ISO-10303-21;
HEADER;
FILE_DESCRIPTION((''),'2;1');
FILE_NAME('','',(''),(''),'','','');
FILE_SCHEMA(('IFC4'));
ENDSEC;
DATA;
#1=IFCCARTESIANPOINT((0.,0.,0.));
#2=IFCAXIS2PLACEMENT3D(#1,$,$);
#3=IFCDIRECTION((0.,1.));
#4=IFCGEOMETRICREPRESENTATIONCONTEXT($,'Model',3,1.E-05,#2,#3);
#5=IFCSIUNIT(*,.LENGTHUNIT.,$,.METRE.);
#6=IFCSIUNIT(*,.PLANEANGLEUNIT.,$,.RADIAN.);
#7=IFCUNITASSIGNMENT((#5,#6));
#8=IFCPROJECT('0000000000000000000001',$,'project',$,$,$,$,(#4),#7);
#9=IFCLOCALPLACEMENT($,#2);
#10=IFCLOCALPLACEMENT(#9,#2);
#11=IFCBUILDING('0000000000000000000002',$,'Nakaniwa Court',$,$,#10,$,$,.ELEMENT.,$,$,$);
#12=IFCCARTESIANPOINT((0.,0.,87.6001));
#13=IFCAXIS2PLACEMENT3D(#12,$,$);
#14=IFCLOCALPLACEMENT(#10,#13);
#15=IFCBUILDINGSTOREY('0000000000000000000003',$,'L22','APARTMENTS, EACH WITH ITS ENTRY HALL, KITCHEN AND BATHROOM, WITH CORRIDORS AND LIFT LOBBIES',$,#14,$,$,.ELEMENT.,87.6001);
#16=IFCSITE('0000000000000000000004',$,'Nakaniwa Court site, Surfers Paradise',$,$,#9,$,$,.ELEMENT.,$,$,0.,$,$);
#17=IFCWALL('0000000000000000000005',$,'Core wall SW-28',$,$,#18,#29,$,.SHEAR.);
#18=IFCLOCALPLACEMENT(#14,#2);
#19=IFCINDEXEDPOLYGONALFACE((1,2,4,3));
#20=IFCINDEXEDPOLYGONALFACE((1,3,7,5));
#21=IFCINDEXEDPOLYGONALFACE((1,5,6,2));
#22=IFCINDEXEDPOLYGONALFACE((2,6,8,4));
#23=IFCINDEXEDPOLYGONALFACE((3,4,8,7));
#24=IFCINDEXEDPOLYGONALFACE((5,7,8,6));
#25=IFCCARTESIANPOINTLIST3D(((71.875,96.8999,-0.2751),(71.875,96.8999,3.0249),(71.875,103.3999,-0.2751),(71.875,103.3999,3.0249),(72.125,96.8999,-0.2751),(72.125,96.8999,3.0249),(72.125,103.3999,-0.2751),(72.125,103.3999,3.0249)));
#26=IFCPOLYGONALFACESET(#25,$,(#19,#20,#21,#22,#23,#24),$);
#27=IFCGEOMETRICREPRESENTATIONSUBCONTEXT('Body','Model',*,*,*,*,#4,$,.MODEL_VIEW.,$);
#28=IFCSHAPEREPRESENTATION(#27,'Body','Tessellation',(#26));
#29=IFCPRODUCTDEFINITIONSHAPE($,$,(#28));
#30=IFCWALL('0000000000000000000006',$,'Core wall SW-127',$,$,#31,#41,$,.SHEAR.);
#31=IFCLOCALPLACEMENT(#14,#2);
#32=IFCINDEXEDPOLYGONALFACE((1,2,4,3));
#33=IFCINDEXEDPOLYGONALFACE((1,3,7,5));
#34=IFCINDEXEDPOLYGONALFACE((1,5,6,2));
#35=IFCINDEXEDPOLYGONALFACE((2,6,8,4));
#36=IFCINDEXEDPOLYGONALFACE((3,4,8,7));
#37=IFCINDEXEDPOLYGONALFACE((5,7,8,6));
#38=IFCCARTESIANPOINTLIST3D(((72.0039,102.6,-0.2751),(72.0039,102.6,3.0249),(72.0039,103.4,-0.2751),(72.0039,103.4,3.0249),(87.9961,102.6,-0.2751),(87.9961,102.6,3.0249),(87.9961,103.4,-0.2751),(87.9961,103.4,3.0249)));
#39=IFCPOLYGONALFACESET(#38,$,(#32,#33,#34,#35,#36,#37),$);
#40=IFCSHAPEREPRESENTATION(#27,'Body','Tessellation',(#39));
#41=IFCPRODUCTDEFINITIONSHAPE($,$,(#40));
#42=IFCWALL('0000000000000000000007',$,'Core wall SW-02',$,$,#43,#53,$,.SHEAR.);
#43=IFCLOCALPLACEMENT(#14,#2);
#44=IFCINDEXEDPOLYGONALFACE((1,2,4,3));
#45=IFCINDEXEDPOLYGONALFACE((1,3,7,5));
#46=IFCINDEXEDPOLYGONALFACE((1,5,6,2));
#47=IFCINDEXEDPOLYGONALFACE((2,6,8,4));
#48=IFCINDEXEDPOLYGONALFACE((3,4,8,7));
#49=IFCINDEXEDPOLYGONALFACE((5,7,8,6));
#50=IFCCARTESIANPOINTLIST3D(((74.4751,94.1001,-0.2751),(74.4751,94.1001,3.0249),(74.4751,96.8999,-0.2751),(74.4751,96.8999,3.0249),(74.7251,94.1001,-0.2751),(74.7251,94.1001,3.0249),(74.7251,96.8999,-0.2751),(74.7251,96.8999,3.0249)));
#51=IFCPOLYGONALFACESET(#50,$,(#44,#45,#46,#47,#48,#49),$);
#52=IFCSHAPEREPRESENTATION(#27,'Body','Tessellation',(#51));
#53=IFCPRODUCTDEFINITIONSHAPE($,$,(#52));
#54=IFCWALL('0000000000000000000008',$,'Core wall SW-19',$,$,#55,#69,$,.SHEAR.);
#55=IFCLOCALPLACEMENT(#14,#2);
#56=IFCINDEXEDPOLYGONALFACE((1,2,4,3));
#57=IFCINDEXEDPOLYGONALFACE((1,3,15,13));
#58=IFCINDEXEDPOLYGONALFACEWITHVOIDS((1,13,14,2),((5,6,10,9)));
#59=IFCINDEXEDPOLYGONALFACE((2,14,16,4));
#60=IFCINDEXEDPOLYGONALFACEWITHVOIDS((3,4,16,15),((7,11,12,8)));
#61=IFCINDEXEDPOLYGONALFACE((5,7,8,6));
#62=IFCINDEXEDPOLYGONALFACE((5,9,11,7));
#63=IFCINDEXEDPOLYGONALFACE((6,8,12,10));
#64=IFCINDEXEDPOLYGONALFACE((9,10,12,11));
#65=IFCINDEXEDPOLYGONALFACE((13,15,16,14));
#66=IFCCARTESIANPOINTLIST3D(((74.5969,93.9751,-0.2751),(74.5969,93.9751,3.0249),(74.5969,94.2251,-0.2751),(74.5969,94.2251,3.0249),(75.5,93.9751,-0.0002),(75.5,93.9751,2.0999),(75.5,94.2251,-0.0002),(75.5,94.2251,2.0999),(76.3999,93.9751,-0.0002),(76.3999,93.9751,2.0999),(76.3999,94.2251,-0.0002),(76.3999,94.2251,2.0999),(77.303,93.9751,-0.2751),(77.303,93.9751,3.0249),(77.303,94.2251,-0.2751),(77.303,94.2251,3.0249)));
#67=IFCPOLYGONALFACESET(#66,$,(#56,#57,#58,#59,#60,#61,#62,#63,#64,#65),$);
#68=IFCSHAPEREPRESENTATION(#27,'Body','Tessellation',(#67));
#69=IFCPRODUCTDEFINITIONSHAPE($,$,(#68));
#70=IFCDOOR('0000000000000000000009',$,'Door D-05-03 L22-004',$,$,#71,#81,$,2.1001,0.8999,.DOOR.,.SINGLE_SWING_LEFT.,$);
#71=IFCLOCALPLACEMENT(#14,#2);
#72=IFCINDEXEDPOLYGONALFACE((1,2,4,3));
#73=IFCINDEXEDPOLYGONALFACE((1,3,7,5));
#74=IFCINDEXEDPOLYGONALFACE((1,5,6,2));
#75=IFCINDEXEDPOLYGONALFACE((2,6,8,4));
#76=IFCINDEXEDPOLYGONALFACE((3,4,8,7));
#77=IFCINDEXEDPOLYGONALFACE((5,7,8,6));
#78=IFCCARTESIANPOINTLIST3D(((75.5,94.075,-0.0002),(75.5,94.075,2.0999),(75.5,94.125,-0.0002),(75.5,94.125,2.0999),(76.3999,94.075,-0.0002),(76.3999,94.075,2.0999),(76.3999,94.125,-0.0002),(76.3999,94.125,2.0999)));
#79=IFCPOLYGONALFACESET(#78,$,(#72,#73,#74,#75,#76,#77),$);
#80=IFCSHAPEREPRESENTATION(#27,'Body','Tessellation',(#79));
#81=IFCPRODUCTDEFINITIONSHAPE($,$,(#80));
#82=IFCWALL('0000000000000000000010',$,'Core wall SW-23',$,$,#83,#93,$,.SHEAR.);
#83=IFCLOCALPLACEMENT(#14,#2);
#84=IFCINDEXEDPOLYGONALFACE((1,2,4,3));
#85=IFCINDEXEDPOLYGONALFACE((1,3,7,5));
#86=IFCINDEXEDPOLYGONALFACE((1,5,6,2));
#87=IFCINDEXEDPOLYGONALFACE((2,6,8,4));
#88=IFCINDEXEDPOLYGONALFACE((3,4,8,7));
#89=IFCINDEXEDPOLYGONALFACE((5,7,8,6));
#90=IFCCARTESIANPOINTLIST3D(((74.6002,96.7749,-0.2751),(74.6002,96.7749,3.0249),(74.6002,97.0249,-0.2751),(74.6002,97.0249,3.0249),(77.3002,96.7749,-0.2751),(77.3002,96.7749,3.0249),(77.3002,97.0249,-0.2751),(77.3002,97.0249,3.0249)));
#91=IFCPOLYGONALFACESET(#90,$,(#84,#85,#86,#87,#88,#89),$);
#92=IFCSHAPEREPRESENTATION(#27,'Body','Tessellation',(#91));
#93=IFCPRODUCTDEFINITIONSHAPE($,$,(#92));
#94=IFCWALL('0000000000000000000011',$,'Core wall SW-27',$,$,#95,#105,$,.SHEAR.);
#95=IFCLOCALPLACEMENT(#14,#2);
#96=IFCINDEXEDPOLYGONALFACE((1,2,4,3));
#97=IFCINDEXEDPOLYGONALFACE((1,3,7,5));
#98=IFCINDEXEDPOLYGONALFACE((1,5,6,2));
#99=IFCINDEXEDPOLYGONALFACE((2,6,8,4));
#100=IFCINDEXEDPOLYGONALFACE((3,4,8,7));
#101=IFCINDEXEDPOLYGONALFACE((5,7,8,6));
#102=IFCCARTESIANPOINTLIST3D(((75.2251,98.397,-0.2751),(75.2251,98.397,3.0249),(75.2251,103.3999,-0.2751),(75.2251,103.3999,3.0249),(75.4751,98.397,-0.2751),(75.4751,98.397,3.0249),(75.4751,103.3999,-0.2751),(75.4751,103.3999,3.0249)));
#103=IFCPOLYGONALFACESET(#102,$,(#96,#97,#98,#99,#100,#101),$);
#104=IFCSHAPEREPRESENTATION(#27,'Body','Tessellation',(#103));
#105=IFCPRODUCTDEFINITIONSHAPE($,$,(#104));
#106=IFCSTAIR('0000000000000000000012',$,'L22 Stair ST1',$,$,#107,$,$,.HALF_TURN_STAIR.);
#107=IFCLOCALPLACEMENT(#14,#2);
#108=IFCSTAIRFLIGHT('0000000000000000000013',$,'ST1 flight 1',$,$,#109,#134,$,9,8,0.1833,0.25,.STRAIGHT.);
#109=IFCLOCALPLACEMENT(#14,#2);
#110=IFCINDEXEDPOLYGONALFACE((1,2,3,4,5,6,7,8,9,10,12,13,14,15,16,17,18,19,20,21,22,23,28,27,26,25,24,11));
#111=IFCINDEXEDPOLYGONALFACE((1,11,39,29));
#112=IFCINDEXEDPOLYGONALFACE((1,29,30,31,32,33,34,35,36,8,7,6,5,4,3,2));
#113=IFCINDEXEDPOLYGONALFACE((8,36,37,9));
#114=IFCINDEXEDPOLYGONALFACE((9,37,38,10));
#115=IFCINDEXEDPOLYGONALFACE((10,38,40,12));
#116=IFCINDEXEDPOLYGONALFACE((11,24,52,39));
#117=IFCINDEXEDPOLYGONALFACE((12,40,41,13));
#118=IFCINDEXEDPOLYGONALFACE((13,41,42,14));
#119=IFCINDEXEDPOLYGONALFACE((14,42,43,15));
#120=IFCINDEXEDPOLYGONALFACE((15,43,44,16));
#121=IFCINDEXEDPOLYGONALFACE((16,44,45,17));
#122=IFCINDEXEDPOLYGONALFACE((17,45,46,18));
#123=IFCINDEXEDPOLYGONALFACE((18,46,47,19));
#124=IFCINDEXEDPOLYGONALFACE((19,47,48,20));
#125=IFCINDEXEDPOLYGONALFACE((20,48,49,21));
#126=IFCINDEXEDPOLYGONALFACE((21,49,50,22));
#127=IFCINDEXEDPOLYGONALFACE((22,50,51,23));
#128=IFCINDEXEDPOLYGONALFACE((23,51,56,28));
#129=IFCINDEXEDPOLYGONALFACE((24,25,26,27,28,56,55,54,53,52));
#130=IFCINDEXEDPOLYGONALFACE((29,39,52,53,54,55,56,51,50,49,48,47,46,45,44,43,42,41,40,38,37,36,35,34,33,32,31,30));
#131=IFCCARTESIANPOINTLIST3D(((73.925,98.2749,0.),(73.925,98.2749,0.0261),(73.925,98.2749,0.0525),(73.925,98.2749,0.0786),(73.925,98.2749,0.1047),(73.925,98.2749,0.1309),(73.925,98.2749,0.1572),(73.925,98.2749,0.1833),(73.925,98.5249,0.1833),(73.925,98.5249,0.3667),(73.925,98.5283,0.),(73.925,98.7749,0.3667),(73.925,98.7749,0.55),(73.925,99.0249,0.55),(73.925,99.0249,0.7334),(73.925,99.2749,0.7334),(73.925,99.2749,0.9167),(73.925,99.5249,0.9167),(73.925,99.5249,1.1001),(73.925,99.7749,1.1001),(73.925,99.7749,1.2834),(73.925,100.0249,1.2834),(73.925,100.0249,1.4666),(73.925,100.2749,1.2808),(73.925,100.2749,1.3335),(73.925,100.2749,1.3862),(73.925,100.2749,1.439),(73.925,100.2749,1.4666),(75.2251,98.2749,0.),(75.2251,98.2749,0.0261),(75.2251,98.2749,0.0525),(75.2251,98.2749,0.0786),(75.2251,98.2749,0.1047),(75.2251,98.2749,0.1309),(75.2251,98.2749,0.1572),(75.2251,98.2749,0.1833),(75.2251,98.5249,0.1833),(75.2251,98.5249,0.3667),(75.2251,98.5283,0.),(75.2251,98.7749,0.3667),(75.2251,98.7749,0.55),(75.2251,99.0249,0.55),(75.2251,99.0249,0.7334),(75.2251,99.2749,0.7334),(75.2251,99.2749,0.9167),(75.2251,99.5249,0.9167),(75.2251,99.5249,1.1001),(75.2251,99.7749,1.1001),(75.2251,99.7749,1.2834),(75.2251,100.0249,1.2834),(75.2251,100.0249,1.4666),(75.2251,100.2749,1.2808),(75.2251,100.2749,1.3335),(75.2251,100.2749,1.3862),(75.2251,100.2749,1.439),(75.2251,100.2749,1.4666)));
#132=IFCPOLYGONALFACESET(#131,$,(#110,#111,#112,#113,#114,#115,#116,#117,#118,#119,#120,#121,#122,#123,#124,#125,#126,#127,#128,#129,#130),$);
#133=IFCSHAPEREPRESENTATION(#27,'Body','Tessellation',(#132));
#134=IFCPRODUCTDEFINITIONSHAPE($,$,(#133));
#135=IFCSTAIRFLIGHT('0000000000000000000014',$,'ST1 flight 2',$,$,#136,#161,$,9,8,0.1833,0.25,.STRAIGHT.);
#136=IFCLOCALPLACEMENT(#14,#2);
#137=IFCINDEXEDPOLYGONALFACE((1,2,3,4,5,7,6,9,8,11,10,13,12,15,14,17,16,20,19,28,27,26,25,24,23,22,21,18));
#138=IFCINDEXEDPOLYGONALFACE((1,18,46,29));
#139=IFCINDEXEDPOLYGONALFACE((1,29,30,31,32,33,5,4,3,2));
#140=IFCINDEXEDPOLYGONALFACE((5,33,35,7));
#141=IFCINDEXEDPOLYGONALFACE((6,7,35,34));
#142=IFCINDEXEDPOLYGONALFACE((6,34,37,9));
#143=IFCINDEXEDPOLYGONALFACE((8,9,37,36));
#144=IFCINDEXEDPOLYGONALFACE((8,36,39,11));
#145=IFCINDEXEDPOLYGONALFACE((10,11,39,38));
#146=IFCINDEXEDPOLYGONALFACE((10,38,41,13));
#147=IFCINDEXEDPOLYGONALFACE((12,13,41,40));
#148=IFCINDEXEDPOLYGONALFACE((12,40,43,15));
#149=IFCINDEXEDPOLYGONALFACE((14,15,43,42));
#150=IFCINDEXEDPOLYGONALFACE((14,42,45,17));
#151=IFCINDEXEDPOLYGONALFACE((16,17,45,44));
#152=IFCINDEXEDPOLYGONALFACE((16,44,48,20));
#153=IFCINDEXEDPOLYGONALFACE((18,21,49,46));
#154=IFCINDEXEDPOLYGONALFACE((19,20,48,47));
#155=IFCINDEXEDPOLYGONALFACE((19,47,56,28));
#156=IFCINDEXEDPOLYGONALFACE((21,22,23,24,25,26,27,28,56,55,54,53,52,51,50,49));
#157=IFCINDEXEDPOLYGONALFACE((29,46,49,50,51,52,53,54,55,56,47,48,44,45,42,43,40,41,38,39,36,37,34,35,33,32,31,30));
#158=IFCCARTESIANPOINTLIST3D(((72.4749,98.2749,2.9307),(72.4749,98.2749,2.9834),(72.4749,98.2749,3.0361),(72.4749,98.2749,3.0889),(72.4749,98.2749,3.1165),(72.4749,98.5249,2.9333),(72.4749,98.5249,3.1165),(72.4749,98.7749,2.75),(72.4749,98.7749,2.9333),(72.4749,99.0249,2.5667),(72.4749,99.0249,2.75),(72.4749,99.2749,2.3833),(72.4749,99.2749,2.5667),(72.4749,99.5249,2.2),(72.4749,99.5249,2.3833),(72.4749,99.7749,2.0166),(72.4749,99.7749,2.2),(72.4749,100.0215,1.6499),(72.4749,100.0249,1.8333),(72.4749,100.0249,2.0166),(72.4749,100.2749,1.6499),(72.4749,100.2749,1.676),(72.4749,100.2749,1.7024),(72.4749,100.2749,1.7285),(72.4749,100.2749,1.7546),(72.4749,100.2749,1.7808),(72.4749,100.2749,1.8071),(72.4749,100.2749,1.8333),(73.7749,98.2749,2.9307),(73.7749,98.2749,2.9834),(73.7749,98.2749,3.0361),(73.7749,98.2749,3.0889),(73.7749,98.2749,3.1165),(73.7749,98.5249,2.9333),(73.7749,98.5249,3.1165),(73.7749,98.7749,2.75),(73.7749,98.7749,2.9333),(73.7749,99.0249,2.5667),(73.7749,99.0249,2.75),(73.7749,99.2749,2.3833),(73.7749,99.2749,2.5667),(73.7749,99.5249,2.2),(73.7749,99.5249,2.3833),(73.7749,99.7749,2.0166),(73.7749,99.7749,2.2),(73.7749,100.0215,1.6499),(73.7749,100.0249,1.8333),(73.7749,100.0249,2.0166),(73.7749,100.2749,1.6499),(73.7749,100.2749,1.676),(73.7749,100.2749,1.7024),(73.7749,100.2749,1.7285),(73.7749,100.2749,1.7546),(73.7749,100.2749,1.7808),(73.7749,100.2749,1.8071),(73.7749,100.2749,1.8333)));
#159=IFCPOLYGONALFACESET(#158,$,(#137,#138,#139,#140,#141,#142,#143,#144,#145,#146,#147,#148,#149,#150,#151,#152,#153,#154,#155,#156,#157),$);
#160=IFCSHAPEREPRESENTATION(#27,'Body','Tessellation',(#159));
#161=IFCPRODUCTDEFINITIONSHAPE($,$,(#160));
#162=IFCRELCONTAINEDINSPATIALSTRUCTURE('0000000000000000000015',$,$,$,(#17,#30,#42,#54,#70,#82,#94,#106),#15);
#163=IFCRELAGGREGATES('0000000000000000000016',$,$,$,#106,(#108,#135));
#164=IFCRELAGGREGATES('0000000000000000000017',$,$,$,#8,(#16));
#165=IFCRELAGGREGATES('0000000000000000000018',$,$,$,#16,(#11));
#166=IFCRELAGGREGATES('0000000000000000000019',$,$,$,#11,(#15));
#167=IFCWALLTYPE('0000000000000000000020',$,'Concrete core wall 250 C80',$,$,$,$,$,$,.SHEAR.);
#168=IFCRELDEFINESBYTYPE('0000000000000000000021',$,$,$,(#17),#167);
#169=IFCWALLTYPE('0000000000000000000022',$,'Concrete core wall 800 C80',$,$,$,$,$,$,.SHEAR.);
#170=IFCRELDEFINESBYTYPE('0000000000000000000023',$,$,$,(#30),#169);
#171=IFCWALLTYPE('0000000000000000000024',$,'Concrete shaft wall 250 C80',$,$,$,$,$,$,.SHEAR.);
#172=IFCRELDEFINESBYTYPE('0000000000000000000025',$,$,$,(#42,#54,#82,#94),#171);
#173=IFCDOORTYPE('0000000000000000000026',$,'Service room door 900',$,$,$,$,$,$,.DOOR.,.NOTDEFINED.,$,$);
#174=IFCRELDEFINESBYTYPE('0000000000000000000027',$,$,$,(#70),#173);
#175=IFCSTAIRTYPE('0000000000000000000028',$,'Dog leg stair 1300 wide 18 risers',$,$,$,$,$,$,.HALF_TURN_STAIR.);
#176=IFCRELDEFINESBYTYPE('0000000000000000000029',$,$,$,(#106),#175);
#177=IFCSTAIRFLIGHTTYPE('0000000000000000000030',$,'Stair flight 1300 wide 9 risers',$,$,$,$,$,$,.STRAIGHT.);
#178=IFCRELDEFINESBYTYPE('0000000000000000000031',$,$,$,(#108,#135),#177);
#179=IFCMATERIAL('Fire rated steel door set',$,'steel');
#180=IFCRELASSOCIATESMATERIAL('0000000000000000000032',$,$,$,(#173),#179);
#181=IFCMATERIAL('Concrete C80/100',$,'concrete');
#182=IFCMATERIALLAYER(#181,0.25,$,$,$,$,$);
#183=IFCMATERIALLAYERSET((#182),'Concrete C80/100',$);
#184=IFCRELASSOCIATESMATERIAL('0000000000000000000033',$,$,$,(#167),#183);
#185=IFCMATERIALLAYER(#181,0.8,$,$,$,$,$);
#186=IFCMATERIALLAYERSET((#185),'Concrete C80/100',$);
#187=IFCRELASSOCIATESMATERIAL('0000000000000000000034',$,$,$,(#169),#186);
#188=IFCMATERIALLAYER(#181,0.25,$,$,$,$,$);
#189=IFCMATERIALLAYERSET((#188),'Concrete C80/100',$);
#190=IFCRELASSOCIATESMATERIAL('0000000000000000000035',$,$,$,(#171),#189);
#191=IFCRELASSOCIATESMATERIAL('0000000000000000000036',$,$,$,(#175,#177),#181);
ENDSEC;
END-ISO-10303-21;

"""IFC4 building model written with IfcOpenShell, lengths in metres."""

from ifc_helpers import new_model, si_unit, direction, frame, frame_2d, origin, place, context, subcontext, project, spatial, polyline, rectangle, outline, extrude, material, layer, layer_set, type_object, element, fill, aggregate, save


model = new_model("IFC4")

# Units and contexts
model_context = context("Model", 3, precision=1e-05, world=origin(), true_north=direction((0.0, 1.0)))
body_context = subcontext(model_context, "Body", "Model", "MODEL_VIEW")
ifc_project = project(units=[si_unit("LENGTHUNIT", "METRE"), si_unit("PLANEANGLEUNIT", "RADIAN")], contexts=[model_context])

# Site, building, storey
site_placement = place(None, origin())
site = spatial("IfcSite", under=ifc_project, at=site_placement, Name="Nakaniwa Court site, Surfers Paradise", CompositionType="ELEMENT", RefElevation=0.0)
building_placement = place(site_placement, origin())
building = spatial("IfcBuilding", under=site, at=building_placement, Name="Nakaniwa Court", CompositionType="ELEMENT")
storey_placement = place(building_placement, frame((0.0, 0.0, 87.6001)))
storey = spatial("IfcBuildingStorey", under=building, at=storey_placement, Name="L22", Description="APARTMENTS, EACH WITH ITS ENTRY HALL, KITCHEN AND BATHROOM, WITH CORRIDORS AND LIFT LOBBIES", CompositionType="ELEMENT", Elevation=87.6001)

# Shared definitions
ifc_material_1 = material(Name="Concrete C80/100", Category="concrete")

# Shared definitions
ifc_material_2 = material(Name="Fire rated steel door set", Category="steel")
door_type_1 = type_object("IfcDoorType", Name="Service room door 900", OperationType="NOTDEFINED", PredefinedType="DOOR", material=ifc_material_2)

# Walls
ifc_layer_1 = layer(ifc_material_1, 0.25)
ifc_layer_set_1 = layer_set([ifc_layer_1], Name="Concrete C80/100")
wall_type_1 = type_object("IfcWallType", Name="Concrete core wall 250 C80", PredefinedType="SHEAR", material=ifc_layer_set_1)
wall_1_placement = place(storey_placement, frame((72.0, 96.8999, -0.2751), z_axis=(0.0, 0.0, 1.0), x_axis=(0.0, 1.0, 0.0)))
element("IfcWall", 1, at=wall_1_placement, inside=storey, type_object=wall_type_1, Name="Core wall SW-28", PredefinedType="SHEAR", context=body_context, shape_type="SweptSolid", body=[
    extrude(rectangle(XDim=6.5, YDim=0.25, at=frame_2d((3.25, 0.0))), origin(), (0.0, 0.0, 1.0), 3.3),
])
ifc_layer_2 = layer(ifc_material_1, 0.8)
ifc_layer_set_2 = layer_set([ifc_layer_2], Name="Concrete C80/100")
wall_type_2 = type_object("IfcWallType", Name="Concrete core wall 800 C80", PredefinedType="SHEAR", material=ifc_layer_set_2)
wall_2_placement = place(storey_placement, frame((72.0039, 103.0, -0.2751), z_axis=(0.0, 0.0, 1.0), x_axis=(1.0, 0.0, 0.0)))
element("IfcWall", 2, at=wall_2_placement, inside=storey, type_object=wall_type_2, Name="Core wall SW-127", PredefinedType="SHEAR", context=body_context, shape_type="SweptSolid", body=[
    extrude(rectangle(XDim=15.9922, YDim=0.8, at=frame_2d((7.9961, 0.0))), origin(), (0.0, 0.0, 1.0), 3.3),
])
ifc_layer_3 = layer(ifc_material_1, 0.25)
ifc_layer_set_3 = layer_set([ifc_layer_3], Name="Concrete C80/100")
wall_type_3 = type_object("IfcWallType", Name="Concrete shaft wall 250 C80", PredefinedType="SHEAR", material=ifc_layer_set_3)
wall_3_placement = place(storey_placement, frame((74.6001, 94.1001, -0.2751), z_axis=(0.0, 0.0, 1.0), x_axis=(0.0, 1.0, 0.0)))
element("IfcWall", 3, at=wall_3_placement, inside=storey, type_object=wall_type_3, Name="Core wall SW-02", PredefinedType="SHEAR", context=body_context, shape_type="SweptSolid", body=[
    extrude(rectangle(XDim=2.7998, YDim=0.25, at=frame_2d((1.3999, 0.0))), origin(), (0.0, 0.0, 1.0), 3.3),
])

# Wall, opening, door
wall_4_placement = place(storey_placement, frame((74.5969, 94.1001, -0.2751), z_axis=(0.0, 0.0, 1.0), x_axis=(1.0, 0.0, 0.0)))
wall_4 = element("IfcWall", 4, at=wall_4_placement, inside=storey, type_object=wall_type_3, Name="Core wall SW-19", PredefinedType="SHEAR", context=body_context, shape_type="SweptSolid", body=[
    extrude(rectangle(XDim=2.7061, YDim=0.25, at=frame_2d((1.353, 0.0))), origin(), (0.0, 0.0, 1.0), 3.3),
])
opening_1_placement = place(wall_4_placement, frame((0.9031, 0.0, 0.2749)))
opening_1 = element("IfcOpeningElement", 5, at=opening_1_placement, cuts=wall_4, PredefinedType="OPENING", context=body_context, shape_type="SweptSolid", body=[
    extrude(rectangle(XDim=0.8999, YDim=2.1001, at=frame_2d((0.45, 1.05))), frame((0.0, 0.135, 0.0), z_axis=(0.0, -1.0, 0.0), x_axis=(1.0, 0.0, 0.0)), (0.0, 0.0, 1.0), 0.27),
])
door_1_placement = place(opening_1_placement, origin())
door_1 = element("IfcDoor", 6, at=door_1_placement, inside=storey, type_object=door_type_1, Name="Door D-05-03 L22-004", OperationType="SINGLE_SWING_LEFT", OverallHeight=2.1001, OverallWidth=0.8999, PredefinedType="DOOR", context=body_context, shape_type="SweptSolid", body=[
    extrude(rectangle(XDim=0.8999, YDim=2.1001, at=frame_2d((0.45, 1.05))), frame((0.0, 0.0249, 0.0), z_axis=(0.0, -1.0, 0.0), x_axis=(1.0, 0.0, 0.0)), (0.0, 0.0, 1.0), 0.05),
])
fill(opening_1, door_1)

# Walls
wall_5_placement = place(storey_placement, frame((74.6001, 96.8999, -0.2751), z_axis=(0.0, 0.0, 1.0), x_axis=(1.0, 0.0, 0.0)))
element("IfcWall", 7, at=wall_5_placement, inside=storey, type_object=wall_type_3, Name="Core wall SW-23", PredefinedType="SHEAR", context=body_context, shape_type="SweptSolid", body=[
    extrude(rectangle(XDim=2.7, YDim=0.25, at=frame_2d((1.3501, 0.0))), origin(), (0.0, 0.0, 1.0), 3.3),
])
wall_6_placement = place(storey_placement, frame((75.3501, 98.397, -0.2751), z_axis=(0.0, 0.0, 1.0), x_axis=(0.0, 1.0, 0.0)))
element("IfcWall", 8, at=wall_6_placement, inside=storey, type_object=wall_type_3, Name="Core wall SW-27", PredefinedType="SHEAR", context=body_context, shape_type="SweptSolid", body=[
    extrude(rectangle(XDim=5.0029, YDim=0.25, at=frame_2d((2.5015, 0.0))), origin(), (0.0, 0.0, 1.0), 3.3),
])

# Stair, stair flights
stair_type = type_object("IfcStairType", Name="Dog leg stair 1300 wide 18 risers", PredefinedType="HALF_TURN_STAIR", material=ifc_material_1)
stair_placement = place(storey_placement, origin())
stair = element("IfcStair", 9, at=stair_placement, inside=storey, type_object=stair_type, Name="L22 Stair ST1", PredefinedType="HALF_TURN_STAIR")
stair_flight_type = type_object("IfcStairFlightType", Name="Stair flight 1300 wide 9 risers", PredefinedType="STRAIGHT", material=ifc_material_1)
stair_flight_1_placement = place(storey_placement, frame((74.575, 98.2749, 0.0), z_axis=(0.0, 0.0, 1.0), x_axis=(0.0, 1.0, 0.0)))
stair_flight_1 = element("IfcStairFlight", 10, at=stair_flight_1_placement, type_object=stair_flight_type, Name="ST1 flight 1", NumberOfRisers=9, NumberOfTreads=8, PredefinedType="STRAIGHT", RiserHeight=0.1833, TreadLength=0.25, context=body_context, shape_type="SweptSolid", body=[
    extrude(outline(polyline([(0.0, 0.0), (0.0, 0.0261), (0.0, 0.0525), (0.0, 0.0786), (0.0, 0.1047), (0.0, 0.1309), (0.0, 0.1572), (0.0, 0.1833), (0.25, 0.1833), (0.25, 0.3667), (0.5, 0.3667), (0.5, 0.55), (0.75, 0.55), (0.75, 0.7334), (1.0, 0.7334), (1.0, 0.9167), (1.25, 0.9167), (1.25, 1.1001), (1.5, 1.1001), (1.5, 1.2834), (1.75, 1.2834), (1.75, 1.4666), (2.0, 1.4666), (2.0, 1.6499), (2.0, 1.5972), (2.0, 1.5444), (2.0, 1.4917), (2.0, 1.439), (2.0, 1.3862), (2.0, 1.3335), (2.0, 1.2808), (0.2534, 0.0), (0.0, 0.0)])), frame((0.0, 0.6499, 0.0), z_axis=(0.0, -1.0, 0.0), x_axis=(1.0, 0.0, 0.0)), (0.0, 0.0, 1.0), 1.3),
])
stair_flight_2_placement = place(storey_placement, frame((73.125, 100.2749, 1.6499), z_axis=(0.0, 0.0, 1.0), x_axis=(0.0, -1.0, 0.0)))
stair_flight_2 = element("IfcStairFlight", 11, at=stair_flight_2_placement, type_object=stair_flight_type, Name="ST1 flight 2", NumberOfRisers=9, NumberOfTreads=8, PredefinedType="STRAIGHT", RiserHeight=0.1833, TreadLength=0.25, context=body_context, shape_type="SweptSolid", body=[
    extrude(outline(polyline([(0.0, 0.0), (0.0, 0.0261), (0.0, 0.0525), (0.0, 0.0786), (0.0, 0.1047), (0.0, 0.1309), (0.0, 0.1572), (0.0, 0.1833), (0.25, 0.1833), (0.25, 0.3667), (0.5, 0.3667), (0.5, 0.55), (0.75, 0.55), (0.75, 0.7334), (1.0, 0.7334), (1.0, 0.9167), (1.25, 0.9167), (1.25, 1.1001), (1.5, 1.1001), (1.5, 1.2834), (1.75, 1.2834), (1.75, 1.4666), (2.0, 1.4666), (2.0, 1.6499), (2.0, 1.5972), (2.0, 1.5444), (2.0, 1.4917), (2.0, 1.439), (2.0, 1.3862), (2.0, 1.3335), (2.0, 1.2808), (0.2534, 0.0), (0.0, 0.0)])), frame((0.0, 0.6499, 0.0), z_axis=(0.0, -1.0, 0.0), x_axis=(1.0, 0.0, 0.0)), (0.0, 0.0, 1.0), 1.3),
])
aggregate(stair, [stair_flight_1, stair_flight_2])

save(model, "model.ifc")
